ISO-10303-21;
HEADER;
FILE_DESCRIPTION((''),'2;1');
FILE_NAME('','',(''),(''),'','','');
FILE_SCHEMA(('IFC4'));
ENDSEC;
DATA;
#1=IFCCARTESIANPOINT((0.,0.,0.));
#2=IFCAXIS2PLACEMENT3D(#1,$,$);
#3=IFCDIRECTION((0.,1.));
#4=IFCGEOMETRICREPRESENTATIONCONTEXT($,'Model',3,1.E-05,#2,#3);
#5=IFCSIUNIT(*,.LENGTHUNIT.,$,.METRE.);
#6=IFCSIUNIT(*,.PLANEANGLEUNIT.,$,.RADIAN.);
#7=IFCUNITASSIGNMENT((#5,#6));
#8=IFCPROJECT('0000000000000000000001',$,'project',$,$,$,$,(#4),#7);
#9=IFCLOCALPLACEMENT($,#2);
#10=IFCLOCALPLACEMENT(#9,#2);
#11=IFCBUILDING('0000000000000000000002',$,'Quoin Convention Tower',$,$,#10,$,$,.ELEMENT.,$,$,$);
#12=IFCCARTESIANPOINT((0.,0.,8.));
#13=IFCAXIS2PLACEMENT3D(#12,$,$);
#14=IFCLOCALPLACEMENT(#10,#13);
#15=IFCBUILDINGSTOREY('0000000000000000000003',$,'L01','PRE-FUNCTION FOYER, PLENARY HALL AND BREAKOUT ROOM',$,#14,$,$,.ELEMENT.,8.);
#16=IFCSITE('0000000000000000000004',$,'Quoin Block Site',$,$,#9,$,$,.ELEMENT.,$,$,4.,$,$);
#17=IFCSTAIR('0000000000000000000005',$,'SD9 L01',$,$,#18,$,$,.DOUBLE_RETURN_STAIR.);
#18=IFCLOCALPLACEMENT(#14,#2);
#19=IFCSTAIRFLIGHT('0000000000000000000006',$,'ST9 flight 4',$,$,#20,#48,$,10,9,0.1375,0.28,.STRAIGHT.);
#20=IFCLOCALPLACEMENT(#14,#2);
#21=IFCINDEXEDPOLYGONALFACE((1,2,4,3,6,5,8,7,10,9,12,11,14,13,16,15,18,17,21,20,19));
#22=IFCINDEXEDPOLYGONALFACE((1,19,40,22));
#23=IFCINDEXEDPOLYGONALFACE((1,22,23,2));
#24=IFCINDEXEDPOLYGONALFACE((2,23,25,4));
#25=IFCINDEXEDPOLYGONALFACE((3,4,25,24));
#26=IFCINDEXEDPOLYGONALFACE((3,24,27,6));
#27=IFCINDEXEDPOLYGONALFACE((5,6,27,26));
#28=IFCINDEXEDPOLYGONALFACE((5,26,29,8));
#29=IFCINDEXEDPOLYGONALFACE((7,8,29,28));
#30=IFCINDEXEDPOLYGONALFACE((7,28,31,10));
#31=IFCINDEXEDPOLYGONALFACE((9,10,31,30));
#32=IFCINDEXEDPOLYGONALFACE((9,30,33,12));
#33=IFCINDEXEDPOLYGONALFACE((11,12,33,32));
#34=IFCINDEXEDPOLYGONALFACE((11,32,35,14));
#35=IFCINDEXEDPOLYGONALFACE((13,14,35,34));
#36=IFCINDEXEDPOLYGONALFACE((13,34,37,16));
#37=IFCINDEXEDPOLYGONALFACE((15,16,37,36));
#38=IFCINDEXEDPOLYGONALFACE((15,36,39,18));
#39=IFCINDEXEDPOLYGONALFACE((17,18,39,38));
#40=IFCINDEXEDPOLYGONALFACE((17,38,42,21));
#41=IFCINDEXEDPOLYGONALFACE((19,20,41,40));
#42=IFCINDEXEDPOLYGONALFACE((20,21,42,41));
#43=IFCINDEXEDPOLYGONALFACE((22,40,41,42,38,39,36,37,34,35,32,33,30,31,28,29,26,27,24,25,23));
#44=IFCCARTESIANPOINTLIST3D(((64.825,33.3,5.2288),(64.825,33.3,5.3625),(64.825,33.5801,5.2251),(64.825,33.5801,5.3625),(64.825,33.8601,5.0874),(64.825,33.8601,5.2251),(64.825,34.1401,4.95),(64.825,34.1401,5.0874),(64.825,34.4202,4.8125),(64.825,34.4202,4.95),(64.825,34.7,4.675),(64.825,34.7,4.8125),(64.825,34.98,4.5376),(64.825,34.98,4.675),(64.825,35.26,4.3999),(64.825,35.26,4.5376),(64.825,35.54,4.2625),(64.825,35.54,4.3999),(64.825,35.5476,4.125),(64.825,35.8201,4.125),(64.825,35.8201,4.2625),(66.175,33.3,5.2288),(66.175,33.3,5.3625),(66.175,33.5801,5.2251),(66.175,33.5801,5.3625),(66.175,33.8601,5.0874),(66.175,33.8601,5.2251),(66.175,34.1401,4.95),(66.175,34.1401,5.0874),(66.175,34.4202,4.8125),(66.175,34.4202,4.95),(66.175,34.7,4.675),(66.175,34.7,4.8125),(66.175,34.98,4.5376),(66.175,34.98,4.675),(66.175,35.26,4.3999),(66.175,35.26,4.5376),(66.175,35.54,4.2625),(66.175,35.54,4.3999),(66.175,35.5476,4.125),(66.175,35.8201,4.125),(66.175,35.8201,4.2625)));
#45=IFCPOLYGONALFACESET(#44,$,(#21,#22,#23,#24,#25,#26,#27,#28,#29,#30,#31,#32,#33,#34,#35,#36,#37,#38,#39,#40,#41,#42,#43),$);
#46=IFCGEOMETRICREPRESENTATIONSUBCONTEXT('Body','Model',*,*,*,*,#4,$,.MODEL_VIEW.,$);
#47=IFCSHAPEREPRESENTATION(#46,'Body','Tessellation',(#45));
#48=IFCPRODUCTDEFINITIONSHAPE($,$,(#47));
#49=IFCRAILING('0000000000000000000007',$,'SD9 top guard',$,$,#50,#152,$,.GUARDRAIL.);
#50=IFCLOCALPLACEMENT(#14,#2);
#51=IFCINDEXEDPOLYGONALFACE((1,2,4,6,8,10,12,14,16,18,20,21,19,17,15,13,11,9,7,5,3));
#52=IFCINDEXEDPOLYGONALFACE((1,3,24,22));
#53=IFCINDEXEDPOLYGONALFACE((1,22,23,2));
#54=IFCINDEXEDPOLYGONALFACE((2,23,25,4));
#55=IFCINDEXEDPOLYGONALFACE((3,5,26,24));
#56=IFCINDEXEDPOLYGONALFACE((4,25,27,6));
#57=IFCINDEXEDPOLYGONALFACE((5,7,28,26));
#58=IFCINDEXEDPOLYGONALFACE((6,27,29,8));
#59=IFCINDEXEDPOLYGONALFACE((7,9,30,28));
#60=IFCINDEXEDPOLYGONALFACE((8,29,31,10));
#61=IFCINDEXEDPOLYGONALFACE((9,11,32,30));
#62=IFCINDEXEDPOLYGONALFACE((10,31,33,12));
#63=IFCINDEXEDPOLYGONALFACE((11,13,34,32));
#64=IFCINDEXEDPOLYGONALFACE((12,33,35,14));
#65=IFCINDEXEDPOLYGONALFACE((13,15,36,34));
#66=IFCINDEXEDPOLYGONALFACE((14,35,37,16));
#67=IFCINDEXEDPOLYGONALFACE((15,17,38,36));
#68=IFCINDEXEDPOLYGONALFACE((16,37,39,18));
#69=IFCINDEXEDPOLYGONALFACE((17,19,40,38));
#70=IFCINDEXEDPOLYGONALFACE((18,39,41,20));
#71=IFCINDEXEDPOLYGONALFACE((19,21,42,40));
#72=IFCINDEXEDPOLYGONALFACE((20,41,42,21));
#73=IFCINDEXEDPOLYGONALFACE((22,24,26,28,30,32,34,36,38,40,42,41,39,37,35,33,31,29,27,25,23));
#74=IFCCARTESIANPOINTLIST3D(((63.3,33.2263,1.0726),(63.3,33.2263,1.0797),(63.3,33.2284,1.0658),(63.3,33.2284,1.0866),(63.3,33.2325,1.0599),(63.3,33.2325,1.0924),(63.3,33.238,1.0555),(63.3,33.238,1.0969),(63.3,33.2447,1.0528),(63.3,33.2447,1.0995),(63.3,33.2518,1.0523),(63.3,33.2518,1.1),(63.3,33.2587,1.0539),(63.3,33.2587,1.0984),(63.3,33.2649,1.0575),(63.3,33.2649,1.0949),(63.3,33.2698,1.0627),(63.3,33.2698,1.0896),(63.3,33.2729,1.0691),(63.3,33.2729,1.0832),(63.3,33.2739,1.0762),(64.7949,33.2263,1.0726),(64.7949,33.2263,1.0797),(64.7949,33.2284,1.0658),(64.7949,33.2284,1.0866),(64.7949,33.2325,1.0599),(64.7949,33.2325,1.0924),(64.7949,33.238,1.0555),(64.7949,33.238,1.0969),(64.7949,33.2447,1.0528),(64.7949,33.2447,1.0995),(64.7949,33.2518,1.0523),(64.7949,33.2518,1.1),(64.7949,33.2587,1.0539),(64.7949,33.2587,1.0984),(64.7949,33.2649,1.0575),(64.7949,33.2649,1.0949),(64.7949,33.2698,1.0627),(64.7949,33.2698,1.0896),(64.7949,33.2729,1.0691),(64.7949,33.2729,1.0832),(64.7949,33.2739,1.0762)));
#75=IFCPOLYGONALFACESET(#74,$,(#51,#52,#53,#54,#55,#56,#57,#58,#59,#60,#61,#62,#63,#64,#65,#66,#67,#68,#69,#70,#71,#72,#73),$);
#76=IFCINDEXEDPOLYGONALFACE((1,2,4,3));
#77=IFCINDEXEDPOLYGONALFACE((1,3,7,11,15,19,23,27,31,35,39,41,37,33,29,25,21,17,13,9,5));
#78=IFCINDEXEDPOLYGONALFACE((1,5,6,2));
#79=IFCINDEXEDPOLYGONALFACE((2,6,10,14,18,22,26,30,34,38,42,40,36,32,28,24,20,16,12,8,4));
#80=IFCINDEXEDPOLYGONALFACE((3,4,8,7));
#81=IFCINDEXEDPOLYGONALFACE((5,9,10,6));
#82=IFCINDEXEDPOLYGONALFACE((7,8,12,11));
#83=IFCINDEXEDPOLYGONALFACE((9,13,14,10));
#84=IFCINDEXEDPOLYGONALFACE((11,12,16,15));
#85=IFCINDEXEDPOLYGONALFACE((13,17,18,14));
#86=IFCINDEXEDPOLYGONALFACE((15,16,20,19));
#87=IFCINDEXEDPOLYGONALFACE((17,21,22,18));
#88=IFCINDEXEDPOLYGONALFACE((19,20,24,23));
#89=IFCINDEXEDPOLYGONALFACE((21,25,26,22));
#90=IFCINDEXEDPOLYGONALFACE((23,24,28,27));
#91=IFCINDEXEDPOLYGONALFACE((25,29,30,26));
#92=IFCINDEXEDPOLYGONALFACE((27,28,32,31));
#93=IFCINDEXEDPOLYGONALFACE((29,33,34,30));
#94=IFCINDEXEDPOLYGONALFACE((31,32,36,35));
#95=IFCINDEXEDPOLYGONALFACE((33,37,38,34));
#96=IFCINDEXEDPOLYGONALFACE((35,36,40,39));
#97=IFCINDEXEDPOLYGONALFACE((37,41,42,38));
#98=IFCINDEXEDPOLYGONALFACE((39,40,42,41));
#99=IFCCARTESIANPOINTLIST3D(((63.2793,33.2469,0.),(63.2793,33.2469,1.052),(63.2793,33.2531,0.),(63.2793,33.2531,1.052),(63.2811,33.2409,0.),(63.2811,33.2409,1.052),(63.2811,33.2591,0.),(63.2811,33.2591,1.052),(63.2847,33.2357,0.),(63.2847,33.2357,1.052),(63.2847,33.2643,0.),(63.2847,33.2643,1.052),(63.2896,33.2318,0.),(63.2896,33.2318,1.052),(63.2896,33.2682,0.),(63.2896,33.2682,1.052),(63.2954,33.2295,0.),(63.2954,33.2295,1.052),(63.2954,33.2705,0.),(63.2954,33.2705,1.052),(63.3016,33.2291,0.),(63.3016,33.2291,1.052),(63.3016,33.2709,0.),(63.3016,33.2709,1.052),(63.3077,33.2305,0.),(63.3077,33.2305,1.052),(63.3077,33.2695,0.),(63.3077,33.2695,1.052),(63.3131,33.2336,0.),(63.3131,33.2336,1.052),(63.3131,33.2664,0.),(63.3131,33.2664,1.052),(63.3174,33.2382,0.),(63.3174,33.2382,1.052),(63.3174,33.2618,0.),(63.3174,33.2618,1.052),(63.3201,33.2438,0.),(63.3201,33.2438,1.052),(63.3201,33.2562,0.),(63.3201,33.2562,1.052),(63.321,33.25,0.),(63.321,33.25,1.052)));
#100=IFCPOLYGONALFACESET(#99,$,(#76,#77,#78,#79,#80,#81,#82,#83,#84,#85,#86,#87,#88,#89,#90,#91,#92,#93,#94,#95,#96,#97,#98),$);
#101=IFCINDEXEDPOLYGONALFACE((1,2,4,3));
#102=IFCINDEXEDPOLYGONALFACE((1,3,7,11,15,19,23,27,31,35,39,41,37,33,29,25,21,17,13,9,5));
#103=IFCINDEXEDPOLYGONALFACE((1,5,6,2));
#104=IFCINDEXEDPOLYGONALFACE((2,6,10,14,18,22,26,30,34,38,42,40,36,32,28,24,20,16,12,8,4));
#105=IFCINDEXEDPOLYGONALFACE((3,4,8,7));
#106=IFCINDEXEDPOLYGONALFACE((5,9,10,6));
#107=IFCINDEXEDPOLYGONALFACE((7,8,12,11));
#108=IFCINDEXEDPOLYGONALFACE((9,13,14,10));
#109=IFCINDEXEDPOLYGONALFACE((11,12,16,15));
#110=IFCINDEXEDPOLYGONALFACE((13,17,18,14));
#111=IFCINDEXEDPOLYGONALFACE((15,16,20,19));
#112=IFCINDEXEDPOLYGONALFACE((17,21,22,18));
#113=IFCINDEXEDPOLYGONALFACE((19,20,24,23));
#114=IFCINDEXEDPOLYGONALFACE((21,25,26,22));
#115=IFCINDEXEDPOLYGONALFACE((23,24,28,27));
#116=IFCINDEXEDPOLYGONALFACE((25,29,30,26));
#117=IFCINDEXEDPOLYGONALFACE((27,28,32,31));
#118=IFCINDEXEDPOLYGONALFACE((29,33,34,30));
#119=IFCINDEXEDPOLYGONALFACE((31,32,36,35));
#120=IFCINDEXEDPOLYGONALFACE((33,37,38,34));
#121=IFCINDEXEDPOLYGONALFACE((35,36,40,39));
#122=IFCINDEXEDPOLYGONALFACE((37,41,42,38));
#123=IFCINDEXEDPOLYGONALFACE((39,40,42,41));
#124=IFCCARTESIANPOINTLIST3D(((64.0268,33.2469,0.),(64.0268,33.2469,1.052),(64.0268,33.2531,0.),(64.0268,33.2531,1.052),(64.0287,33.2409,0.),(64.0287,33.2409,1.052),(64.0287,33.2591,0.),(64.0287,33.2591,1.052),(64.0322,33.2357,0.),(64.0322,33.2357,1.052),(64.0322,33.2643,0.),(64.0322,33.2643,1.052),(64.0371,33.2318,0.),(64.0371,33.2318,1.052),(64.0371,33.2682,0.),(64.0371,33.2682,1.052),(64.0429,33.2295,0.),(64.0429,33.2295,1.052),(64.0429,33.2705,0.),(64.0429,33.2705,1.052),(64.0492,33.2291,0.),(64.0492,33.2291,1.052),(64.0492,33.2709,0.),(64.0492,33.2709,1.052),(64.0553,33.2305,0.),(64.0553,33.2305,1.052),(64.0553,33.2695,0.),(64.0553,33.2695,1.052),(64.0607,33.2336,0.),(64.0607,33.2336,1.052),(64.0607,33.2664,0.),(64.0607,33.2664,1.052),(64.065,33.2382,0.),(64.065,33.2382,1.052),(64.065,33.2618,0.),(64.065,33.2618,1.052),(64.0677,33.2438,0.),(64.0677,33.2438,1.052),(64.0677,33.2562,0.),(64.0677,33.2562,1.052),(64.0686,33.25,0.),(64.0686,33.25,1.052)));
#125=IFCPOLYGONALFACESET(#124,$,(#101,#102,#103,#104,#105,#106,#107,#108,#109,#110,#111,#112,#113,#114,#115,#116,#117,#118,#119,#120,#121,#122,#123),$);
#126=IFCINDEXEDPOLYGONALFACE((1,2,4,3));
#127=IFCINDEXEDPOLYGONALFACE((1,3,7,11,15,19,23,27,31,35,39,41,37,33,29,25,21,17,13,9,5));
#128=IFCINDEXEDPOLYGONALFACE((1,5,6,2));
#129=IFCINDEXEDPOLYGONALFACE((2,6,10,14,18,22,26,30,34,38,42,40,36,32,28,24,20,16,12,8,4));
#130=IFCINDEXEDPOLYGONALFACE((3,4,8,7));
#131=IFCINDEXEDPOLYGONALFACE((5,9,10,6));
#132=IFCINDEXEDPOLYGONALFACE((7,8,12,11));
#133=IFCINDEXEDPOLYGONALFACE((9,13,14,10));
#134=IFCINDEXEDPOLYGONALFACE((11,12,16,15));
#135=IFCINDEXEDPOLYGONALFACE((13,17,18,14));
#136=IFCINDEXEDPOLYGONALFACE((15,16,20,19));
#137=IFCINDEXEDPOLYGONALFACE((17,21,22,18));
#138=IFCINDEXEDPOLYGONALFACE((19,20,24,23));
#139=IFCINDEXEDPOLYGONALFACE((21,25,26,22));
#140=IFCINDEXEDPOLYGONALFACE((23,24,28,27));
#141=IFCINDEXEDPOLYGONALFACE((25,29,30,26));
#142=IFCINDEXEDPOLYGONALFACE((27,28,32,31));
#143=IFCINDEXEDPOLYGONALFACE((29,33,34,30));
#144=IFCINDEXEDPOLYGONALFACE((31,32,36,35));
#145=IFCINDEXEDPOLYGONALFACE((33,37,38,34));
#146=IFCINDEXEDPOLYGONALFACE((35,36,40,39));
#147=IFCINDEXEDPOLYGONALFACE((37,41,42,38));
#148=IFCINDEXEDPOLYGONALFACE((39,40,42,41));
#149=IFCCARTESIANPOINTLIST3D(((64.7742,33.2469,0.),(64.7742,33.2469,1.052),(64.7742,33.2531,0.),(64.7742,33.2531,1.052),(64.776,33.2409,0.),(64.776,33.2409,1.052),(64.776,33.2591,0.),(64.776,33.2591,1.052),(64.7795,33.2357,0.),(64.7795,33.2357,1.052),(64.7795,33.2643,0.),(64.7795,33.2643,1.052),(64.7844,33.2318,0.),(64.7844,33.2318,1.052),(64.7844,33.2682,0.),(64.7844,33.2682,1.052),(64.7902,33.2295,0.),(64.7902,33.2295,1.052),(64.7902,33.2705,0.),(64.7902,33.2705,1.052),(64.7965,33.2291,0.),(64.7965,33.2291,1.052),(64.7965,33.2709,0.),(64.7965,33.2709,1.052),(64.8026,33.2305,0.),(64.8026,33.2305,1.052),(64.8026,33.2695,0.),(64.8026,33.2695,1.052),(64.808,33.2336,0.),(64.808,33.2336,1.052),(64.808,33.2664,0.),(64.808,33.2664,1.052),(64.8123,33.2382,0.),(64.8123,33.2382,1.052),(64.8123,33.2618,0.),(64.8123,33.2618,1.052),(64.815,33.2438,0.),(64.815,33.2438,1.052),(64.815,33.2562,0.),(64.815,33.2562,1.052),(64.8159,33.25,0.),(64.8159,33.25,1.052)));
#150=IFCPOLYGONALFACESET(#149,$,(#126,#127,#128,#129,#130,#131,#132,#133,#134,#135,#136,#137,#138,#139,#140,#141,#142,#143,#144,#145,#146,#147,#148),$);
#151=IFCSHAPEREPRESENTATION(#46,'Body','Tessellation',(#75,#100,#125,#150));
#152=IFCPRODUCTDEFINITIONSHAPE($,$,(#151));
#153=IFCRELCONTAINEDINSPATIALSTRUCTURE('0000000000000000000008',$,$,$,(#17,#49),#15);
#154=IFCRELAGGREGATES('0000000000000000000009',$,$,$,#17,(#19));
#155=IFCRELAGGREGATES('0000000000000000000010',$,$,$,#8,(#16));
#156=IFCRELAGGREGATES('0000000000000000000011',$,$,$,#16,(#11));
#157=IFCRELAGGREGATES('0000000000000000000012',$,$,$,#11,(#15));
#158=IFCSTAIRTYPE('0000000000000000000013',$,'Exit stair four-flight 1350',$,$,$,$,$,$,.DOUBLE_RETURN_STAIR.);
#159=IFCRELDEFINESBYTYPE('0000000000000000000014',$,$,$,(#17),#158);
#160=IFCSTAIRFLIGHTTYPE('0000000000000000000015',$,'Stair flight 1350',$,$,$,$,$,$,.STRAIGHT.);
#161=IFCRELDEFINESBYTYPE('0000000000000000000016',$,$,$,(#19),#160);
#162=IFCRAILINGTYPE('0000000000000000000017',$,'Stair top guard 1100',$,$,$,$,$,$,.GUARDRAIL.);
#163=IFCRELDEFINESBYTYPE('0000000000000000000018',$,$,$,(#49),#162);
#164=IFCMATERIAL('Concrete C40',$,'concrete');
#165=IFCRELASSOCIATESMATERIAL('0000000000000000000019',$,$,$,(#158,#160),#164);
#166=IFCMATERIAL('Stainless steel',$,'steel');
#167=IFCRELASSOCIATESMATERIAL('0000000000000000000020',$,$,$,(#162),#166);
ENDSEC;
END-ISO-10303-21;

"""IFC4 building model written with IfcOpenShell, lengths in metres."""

from ifc_helpers import new_model, si_unit, direction, frame, origin, origin_2d, place, context, subcontext, project, spatial, polyline, circle, outline, extrude, material, type_object, element, aggregate, save


model = new_model("IFC4")

# Units and contexts
model_context = context("Model", 3, precision=1e-05, world=origin(), true_north=direction((0.0, 1.0)))
body_context = subcontext(model_context, "Body", "Model", "MODEL_VIEW")
ifc_project = project(units=[si_unit("LENGTHUNIT", "METRE"), si_unit("PLANEANGLEUNIT", "RADIAN")], contexts=[model_context])

# Site, building, storey
site_placement = place(None, origin())
site = spatial("IfcSite", under=ifc_project, at=site_placement, Name="Quoin Block Site", CompositionType="ELEMENT", RefElevation=4.0)
building_placement = place(site_placement, origin())
building = spatial("IfcBuilding", under=site, at=building_placement, Name="Quoin Convention Tower", CompositionType="ELEMENT")
storey_placement = place(building_placement, frame((0.0, 0.0, 8.0)))
storey = spatial("IfcBuildingStorey", under=building, at=storey_placement, Name="L01", Description="PRE-FUNCTION FOYER, PLENARY HALL AND BREAKOUT ROOM", CompositionType="ELEMENT", Elevation=8.0)

# Stair, stair flight
ifc_material_1 = material(Name="Concrete C40", Category="concrete")
stair_type = type_object("IfcStairType", Name="Exit stair four-flight 1350", PredefinedType="DOUBLE_RETURN_STAIR", material=ifc_material_1)
stair_placement = place(storey_placement, origin())
stair = element("IfcStair", 1, at=stair_placement, inside=storey, type_object=stair_type, Name="SD9 L01", PredefinedType="DOUBLE_RETURN_STAIR")
stair_flight_type = type_object("IfcStairFlightType", Name="Stair flight 1350", PredefinedType="STRAIGHT", material=ifc_material_1)
stair_flight_1_placement = place(storey_placement, frame((65.5, 35.8201, 4.125), z_axis=(0.0, 0.0, 1.0), x_axis=(0.0, -1.0, 0.0)))
stair_flight_1 = element("IfcStairFlight", 2, at=stair_flight_1_placement, type_object=stair_flight_type, Name="ST9 flight 4", NumberOfRisers=10, NumberOfTreads=9, PredefinedType="STRAIGHT", RiserHeight=0.1375, TreadLength=0.28, context=body_context, shape_type="SweptSolid", body=[
    extrude(outline(polyline([(0.0, 0.0), (0.0, 0.1375), (0.28, 0.1375), (0.28, 0.2749), (0.5601, 0.2749), (0.5601, 0.4126), (0.8401, 0.4126), (0.8401, 0.55), (1.1201, 0.55), (1.1201, 0.6875), (1.3999, 0.6875), (1.3999, 0.825), (1.6799, 0.825), (1.6799, 0.9624), (1.96, 0.9624), (1.96, 1.1001), (2.24, 1.1001), (2.24, 1.2375), (2.52, 1.2375), (2.52, 1.375), (2.52, 1.1038), (0.2725, 0.0), (0.0, 0.0)])), frame((0.0, 0.675, 0.0), z_axis=(0.0, -1.0, 0.0), x_axis=(1.0, 0.0, 0.0)), (0.0, 0.0, 1.0), 1.3501),
])
aggregate(stair, [stair_flight_1])

# Railing
ifc_material_2 = material(Name="Stainless steel", Category="steel")
railing_type_1 = type_object("IfcRailingType", Name="Stair top guard 1100", PredefinedType="GUARDRAIL", material=ifc_material_2)
railing_1_placement = place(storey_placement, frame((63.3, 33.25, 0.0)))
element("IfcRailing", 3, at=railing_1_placement, inside=storey, type_object=railing_type_1, Name="SD9 top guard", PredefinedType="GUARDRAIL", context=body_context, shape_type="SweptSolid", body=[
    extrude(circle(Radius=0.0239, at=origin_2d()), frame((0.0, 0.0, 1.0762), z_axis=(1.0, 0.0, 0.0), x_axis=(0.0, 1.0, 0.0)), (0.0, 0.0, 1.0), 1.4949),
    extrude(circle(Radius=0.021, at=origin_2d()), origin(), (0.0, 0.0, 1.0), 1.052),
    extrude(circle(Radius=0.021, at=origin_2d()), frame((0.7476, 0.0, 0.0)), (0.0, 0.0, 1.0), 1.052),
    extrude(circle(Radius=0.021, at=origin_2d()), frame((1.4949, 0.0, 0.0)), (0.0, 0.0, 1.0), 1.052),
])

save(model, "model.ifc")
